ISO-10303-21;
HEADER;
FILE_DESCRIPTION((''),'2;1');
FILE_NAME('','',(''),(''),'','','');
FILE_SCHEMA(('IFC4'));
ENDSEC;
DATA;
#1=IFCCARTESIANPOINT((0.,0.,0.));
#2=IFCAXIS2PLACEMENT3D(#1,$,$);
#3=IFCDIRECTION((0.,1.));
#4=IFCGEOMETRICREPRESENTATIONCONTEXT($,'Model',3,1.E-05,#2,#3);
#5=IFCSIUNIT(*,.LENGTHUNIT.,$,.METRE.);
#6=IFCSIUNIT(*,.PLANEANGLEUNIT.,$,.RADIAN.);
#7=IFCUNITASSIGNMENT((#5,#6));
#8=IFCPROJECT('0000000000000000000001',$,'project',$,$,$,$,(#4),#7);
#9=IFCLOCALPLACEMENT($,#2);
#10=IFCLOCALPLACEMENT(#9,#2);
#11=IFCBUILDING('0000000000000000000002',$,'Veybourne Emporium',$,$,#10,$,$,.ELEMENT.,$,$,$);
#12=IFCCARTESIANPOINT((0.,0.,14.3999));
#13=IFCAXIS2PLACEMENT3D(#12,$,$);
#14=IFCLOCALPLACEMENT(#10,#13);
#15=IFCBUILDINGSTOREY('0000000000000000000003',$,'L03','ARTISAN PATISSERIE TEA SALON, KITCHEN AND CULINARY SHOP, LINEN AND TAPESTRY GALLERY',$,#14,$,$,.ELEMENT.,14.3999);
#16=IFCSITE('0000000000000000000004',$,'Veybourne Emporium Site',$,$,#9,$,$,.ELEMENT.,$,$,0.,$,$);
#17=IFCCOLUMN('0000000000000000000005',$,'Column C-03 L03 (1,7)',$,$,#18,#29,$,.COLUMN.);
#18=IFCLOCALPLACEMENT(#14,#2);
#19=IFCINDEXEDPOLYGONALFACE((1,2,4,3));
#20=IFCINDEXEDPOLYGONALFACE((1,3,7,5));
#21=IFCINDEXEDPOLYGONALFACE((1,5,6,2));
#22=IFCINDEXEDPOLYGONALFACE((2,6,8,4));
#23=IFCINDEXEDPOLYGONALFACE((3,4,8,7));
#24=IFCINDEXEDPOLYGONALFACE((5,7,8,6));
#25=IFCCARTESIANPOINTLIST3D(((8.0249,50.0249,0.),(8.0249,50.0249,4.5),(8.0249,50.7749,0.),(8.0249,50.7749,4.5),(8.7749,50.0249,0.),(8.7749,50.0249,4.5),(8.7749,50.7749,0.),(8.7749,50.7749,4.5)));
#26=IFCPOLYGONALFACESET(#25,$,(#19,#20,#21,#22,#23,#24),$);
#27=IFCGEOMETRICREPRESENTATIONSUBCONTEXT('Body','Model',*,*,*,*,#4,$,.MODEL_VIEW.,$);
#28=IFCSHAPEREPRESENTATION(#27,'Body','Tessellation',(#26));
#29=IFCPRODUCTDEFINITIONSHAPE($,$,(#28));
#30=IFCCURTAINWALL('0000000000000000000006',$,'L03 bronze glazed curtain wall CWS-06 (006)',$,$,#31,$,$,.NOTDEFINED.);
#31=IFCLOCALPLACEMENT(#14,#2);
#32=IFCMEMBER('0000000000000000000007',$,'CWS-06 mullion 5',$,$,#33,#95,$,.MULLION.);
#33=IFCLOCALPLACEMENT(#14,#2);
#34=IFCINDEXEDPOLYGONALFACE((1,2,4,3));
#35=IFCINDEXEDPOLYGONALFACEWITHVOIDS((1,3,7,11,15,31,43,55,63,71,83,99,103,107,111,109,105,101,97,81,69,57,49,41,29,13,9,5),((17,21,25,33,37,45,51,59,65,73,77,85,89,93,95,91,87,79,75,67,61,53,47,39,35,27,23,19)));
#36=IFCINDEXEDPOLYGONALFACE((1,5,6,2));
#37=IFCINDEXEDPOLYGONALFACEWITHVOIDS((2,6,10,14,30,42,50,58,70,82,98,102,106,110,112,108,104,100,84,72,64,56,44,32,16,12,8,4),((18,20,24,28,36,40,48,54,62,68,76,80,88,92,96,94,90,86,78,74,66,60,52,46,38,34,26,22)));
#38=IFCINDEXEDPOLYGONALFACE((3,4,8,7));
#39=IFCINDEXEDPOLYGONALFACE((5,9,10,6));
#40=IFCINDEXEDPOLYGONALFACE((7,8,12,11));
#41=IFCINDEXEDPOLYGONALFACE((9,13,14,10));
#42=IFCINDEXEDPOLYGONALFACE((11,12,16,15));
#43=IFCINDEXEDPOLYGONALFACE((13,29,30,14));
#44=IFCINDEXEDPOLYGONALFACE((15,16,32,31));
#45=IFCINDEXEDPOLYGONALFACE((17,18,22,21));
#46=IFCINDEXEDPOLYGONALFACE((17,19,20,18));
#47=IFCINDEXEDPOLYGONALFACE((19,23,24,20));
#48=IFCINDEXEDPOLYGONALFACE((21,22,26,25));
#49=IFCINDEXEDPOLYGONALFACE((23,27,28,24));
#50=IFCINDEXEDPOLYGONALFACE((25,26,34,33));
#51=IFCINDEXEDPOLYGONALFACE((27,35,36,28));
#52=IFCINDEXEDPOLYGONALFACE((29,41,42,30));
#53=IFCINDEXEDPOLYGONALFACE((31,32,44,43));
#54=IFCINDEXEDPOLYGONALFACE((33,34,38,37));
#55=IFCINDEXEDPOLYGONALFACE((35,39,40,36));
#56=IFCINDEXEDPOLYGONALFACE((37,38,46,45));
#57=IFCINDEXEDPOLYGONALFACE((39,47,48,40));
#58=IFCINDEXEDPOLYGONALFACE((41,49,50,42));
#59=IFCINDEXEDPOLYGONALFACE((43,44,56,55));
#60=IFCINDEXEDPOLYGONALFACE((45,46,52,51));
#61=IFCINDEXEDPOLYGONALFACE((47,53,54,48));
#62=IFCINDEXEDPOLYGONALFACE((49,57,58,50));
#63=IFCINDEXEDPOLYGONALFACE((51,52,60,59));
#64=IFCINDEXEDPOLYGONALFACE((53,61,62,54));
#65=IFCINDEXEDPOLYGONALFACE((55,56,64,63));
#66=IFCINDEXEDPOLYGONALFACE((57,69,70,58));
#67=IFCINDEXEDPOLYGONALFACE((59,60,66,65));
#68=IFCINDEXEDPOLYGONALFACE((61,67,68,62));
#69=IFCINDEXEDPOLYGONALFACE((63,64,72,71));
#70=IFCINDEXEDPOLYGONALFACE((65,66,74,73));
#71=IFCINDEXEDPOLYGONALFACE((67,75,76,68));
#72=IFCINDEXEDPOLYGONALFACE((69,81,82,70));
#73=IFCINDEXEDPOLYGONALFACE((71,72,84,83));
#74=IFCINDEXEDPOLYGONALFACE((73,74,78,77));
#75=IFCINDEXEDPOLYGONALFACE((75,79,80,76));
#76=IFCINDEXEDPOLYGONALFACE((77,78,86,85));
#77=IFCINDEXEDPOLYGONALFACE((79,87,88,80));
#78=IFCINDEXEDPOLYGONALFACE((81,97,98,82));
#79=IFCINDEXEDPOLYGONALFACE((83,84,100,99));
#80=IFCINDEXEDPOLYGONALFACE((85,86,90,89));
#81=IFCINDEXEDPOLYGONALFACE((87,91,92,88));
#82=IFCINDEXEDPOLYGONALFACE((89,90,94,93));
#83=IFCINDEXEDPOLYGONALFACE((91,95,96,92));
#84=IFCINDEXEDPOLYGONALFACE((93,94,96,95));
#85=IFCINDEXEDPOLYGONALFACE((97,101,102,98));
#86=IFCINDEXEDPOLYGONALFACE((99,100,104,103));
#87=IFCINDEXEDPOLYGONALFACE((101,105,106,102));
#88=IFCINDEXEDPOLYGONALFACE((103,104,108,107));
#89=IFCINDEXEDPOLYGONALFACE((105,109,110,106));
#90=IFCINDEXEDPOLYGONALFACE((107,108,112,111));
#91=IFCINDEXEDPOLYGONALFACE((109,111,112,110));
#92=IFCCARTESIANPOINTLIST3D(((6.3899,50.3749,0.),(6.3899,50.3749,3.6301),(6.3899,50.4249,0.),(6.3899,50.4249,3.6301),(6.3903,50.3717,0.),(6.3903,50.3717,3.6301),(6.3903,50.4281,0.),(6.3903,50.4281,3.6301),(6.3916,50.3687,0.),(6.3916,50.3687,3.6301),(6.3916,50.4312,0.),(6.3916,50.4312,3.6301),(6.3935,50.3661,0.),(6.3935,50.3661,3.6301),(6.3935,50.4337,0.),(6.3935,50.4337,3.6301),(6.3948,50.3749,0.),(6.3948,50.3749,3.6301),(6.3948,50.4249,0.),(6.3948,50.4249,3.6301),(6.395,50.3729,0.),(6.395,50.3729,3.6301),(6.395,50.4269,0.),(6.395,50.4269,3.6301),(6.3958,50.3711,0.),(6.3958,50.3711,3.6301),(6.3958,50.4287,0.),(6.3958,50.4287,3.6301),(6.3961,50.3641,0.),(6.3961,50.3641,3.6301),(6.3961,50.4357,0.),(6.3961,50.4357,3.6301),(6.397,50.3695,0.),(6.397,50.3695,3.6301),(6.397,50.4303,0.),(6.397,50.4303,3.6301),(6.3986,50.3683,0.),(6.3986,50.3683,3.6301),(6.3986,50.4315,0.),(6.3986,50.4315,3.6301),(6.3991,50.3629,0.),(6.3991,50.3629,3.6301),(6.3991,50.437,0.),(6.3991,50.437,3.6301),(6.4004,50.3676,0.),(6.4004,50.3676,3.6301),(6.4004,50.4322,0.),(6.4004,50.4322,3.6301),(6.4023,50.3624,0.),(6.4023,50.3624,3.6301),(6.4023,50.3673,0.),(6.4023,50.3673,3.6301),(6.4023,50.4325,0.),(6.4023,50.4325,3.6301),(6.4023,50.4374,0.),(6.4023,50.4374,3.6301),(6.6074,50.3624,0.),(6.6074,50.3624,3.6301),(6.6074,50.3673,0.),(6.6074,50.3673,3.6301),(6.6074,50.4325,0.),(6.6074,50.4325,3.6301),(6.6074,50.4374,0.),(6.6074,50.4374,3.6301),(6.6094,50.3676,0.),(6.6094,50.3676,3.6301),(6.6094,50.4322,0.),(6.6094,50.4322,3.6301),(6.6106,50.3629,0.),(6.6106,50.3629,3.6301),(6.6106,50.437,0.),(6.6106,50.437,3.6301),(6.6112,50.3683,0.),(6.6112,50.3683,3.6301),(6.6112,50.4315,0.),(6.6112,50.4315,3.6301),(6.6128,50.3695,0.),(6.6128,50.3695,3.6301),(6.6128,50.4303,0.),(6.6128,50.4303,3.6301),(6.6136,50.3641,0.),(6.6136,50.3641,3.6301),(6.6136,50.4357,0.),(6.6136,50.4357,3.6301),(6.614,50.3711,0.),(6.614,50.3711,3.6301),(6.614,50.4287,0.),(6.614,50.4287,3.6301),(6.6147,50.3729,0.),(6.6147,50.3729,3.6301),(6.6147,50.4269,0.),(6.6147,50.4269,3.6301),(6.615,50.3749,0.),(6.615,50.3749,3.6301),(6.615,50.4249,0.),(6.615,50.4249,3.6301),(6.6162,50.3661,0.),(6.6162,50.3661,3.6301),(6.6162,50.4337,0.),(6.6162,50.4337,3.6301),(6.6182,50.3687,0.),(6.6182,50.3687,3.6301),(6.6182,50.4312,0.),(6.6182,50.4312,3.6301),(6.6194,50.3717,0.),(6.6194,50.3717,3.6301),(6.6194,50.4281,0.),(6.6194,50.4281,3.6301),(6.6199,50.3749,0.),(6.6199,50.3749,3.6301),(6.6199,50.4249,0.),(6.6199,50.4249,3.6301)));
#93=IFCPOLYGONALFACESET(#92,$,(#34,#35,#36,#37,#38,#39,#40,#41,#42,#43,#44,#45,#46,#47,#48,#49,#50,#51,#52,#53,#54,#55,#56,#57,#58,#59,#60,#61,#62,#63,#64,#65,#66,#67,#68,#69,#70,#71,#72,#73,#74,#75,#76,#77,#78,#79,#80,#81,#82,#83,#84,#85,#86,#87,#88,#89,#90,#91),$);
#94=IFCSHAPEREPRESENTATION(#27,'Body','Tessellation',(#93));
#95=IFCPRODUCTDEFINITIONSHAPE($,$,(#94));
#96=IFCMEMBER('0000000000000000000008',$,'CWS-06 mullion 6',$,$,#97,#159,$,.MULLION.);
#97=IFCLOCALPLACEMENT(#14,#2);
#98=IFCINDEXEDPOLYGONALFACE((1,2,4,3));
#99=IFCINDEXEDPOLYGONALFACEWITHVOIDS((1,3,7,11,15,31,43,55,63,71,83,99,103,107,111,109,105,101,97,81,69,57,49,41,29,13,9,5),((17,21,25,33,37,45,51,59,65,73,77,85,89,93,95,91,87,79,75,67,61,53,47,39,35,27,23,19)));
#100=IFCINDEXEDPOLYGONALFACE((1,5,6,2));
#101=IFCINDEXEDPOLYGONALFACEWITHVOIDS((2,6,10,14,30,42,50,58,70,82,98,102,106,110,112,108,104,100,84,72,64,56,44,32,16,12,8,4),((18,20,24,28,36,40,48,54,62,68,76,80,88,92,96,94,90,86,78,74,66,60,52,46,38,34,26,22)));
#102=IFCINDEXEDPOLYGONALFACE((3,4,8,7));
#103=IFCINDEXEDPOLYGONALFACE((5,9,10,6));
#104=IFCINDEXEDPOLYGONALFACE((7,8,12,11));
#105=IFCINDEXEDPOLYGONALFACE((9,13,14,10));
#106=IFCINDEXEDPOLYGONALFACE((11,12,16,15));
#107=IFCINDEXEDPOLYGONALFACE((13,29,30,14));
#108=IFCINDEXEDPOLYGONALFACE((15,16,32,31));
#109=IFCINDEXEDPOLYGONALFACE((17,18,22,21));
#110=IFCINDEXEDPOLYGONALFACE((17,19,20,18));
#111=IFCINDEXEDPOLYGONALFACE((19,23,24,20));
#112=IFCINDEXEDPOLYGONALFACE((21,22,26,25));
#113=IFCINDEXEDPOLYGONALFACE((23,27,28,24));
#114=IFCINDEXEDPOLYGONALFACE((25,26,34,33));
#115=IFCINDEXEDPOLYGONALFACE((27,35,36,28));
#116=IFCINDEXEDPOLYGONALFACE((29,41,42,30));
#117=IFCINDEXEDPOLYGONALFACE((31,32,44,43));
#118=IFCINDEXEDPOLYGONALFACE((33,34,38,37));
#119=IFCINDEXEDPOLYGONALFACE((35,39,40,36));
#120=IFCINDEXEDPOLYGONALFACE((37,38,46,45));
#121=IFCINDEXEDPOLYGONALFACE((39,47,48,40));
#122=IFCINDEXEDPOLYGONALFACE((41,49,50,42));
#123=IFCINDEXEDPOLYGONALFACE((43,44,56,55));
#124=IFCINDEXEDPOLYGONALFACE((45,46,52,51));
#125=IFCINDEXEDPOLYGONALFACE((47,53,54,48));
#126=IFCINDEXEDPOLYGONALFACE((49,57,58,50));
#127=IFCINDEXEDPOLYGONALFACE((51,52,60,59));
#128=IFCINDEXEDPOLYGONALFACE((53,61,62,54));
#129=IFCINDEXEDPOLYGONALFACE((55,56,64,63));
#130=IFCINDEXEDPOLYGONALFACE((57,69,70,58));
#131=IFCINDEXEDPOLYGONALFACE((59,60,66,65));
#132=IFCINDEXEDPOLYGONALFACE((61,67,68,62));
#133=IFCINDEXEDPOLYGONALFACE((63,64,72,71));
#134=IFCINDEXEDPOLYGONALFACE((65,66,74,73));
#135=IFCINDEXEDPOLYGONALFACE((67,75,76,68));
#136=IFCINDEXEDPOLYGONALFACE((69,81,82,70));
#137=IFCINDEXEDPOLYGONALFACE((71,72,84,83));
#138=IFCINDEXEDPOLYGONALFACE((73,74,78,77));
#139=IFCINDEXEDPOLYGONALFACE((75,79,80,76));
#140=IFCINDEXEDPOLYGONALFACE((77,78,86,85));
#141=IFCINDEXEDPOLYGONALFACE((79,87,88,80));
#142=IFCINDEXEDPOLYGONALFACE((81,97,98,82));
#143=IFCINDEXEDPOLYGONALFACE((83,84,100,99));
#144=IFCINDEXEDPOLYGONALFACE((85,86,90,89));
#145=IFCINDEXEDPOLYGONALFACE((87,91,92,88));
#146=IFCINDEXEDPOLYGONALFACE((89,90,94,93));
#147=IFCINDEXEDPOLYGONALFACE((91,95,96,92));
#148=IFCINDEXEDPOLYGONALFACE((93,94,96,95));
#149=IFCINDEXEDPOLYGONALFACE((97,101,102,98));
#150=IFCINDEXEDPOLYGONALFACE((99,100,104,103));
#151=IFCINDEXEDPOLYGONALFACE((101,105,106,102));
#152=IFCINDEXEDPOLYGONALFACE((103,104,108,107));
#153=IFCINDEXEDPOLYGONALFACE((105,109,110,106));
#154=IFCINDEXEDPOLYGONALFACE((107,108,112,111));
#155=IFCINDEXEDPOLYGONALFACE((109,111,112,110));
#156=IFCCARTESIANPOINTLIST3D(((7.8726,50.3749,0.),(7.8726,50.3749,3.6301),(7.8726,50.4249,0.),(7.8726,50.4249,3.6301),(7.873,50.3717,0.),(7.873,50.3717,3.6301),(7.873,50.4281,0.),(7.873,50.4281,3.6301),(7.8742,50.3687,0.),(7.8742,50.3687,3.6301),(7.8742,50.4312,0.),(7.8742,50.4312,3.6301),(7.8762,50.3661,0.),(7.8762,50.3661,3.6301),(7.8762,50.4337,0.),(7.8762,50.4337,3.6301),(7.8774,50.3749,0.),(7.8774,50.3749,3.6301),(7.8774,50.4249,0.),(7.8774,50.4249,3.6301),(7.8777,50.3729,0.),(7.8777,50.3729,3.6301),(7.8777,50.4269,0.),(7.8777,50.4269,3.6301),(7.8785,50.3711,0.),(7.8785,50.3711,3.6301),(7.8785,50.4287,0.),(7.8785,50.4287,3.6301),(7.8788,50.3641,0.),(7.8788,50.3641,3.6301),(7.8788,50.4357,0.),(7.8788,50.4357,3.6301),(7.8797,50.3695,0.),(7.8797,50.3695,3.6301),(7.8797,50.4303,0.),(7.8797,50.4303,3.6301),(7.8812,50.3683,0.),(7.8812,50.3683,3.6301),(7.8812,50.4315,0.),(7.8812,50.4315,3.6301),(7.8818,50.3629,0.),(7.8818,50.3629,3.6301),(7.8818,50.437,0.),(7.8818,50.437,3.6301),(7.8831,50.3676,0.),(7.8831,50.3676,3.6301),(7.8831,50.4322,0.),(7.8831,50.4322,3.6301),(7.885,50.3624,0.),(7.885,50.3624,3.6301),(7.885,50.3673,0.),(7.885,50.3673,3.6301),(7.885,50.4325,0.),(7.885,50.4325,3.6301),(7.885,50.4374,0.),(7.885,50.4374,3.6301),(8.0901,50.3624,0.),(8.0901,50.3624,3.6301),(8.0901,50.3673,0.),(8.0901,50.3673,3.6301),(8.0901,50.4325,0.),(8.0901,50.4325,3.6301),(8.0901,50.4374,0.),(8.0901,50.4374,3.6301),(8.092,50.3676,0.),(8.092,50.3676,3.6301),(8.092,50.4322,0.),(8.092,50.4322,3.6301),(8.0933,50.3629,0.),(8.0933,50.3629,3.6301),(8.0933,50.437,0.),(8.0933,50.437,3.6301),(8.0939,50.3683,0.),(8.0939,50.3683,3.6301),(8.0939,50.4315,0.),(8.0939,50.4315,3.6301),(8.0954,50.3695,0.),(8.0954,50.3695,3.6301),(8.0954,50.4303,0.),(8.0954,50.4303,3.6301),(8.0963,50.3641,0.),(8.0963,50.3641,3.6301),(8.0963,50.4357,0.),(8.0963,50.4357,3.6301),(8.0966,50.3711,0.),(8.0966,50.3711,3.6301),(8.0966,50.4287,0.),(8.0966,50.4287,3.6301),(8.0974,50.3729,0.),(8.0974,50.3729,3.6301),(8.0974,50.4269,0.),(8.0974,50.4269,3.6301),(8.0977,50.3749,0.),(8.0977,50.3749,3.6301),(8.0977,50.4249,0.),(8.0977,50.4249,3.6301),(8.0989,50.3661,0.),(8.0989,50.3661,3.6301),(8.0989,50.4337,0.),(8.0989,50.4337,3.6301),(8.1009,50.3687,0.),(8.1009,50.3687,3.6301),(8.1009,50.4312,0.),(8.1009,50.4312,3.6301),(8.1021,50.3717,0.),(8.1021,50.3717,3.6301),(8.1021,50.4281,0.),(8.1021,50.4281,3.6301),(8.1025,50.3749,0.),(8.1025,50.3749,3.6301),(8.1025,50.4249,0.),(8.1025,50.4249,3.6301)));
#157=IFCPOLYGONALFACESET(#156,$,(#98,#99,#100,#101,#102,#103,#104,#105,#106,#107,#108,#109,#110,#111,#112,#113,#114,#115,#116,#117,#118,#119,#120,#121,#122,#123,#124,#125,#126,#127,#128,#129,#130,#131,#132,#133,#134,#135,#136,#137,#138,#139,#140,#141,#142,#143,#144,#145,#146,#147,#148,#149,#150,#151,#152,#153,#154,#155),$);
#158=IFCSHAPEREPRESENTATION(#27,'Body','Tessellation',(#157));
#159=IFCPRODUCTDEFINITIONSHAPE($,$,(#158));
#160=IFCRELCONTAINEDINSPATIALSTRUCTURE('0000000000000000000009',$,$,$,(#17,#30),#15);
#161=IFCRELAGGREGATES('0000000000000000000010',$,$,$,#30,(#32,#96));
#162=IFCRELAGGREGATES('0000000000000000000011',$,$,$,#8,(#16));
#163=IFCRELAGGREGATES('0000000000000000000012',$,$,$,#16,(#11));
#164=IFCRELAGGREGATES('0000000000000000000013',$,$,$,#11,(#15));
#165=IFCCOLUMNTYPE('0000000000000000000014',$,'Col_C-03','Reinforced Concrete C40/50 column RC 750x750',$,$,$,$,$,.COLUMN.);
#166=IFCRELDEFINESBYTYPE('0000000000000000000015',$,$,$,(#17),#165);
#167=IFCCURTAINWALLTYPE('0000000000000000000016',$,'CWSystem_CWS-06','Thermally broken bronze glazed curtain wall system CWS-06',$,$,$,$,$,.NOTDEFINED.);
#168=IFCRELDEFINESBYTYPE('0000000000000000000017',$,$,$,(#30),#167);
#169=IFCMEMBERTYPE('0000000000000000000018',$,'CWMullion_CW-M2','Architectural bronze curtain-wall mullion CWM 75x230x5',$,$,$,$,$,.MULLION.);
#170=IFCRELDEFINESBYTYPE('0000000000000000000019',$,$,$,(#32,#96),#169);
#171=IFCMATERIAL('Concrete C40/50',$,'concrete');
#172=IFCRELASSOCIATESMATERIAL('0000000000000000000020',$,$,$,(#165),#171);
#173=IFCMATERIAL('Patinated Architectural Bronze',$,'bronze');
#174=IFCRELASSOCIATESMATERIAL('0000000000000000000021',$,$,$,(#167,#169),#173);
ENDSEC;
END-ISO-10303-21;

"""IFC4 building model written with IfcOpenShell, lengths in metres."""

from ifc_helpers import new_model, si_unit, direction, frame, origin, origin_2d, place, context, subcontext, project, spatial, rectangle, hollow_rectangle, extrude, material, material_profile, profile_set, type_object, element, aggregate, save


model = new_model("IFC4")

# Units and contexts
model_context = context("Model", 3, precision=1e-05, world=origin(), true_north=direction((0.0, 1.0)))
body_context = subcontext(model_context, "Body", "Model", "MODEL_VIEW")
ifc_project = project(units=[si_unit("LENGTHUNIT", "METRE"), si_unit("PLANEANGLEUNIT", "RADIAN")], contexts=[model_context])

# Site, building, storey
site_placement = place(None, origin())
site = spatial("IfcSite", under=ifc_project, at=site_placement, Name="Veybourne Emporium Site", CompositionType="ELEMENT", RefElevation=0.0)
building_placement = place(site_placement, origin())
building = spatial("IfcBuilding", under=site, at=building_placement, Name="Veybourne Emporium", CompositionType="ELEMENT")
storey_placement = place(building_placement, frame((0.0, 0.0, 14.3999)))
storey = spatial("IfcBuildingStorey", under=building, at=storey_placement, Name="L03", Description="ARTISAN PATISSERIE TEA SALON, KITCHEN AND CULINARY SHOP, LINEN AND TAPESTRY GALLERY", CompositionType="ELEMENT", Elevation=14.3999)

# Column
ifc_material_1 = material(Name="Concrete C40/50", Category="concrete")
ifc_material_profile_1 = material_profile(ifc_material_1, rectangle(XDim=0.75, YDim=0.75, at=origin_2d()), Name="RC 750x750")
ifc_profile_set_1 = profile_set([ifc_material_profile_1], Name="Concrete C40/50")
column_type = type_object("IfcColumnType", Name="Col_C-03", Description="Reinforced Concrete C40/50 column RC 750x750", PredefinedType="COLUMN", material=ifc_profile_set_1)
column_placement = place(storey_placement, frame((8.3999, 50.3999, 0.0), z_axis=(0.0, 0.0, 1.0), x_axis=(1.0, 0.0, 0.0)))
element("IfcColumn", 1, at=column_placement, inside=storey, type_object=column_type, Name="Column C-03 L03 (1,7)", PredefinedType="COLUMN", context=body_context, shape_type="SweptSolid", body=[
    extrude(rectangle(XDim=0.75, YDim=0.75, at=origin_2d()), origin(), (0.0, 0.0, 1.0), 4.5),
])

# Curtain wall, members
ifc_material_2 = material(Name="Patinated Architectural Bronze", Category="bronze")
curtain_wall_type_1 = type_object("IfcCurtainWallType", Name="CWSystem_CWS-06", Description="Thermally broken bronze glazed curtain wall system CWS-06", PredefinedType="NOTDEFINED", material=ifc_material_2)
curtain_wall_1_placement = place(storey_placement, origin())
curtain_wall_1 = element("IfcCurtainWall", 2, at=curtain_wall_1_placement, inside=storey, type_object=curtain_wall_type_1, Name="L03 bronze glazed curtain wall CWS-06 (006)", PredefinedType="NOTDEFINED")
ifc_material_profile_2 = material_profile(ifc_material_2, hollow_rectangle(XDim=0.075, YDim=0.23, WallThickness=0.0049, InnerFilletRadius=0.0076, OuterFilletRadius=0.0125, at=origin_2d()), Name="CWM 75x230x5")
ifc_profile_set_2 = profile_set([ifc_material_profile_2], Name="Patinated Architectural Bronze")
member_type_1 = type_object("IfcMemberType", Name="CWMullion_CW-M2", Description="Architectural bronze curtain-wall mullion CWM 75x230x5", PredefinedType="MULLION", material=ifc_profile_set_2)
member_1_placement = place(storey_placement, frame((6.5049, 50.3999, 0.0), z_axis=(0.0, 0.0, 1.0), x_axis=(0.0, 1.0, 0.0)))
member_1 = element("IfcMember", 3, at=member_1_placement, type_object=member_type_1, Name="CWS-06 mullion 5", PredefinedType="MULLION", context=body_context, shape_type="SweptSolid", body=[
    extrude(hollow_rectangle(XDim=0.075, YDim=0.23, WallThickness=0.0049, InnerFilletRadius=0.0076, OuterFilletRadius=0.0125, at=origin_2d()), origin(), (0.0, 0.0, 1.0), 3.6301),
])
member_2_placement = place(storey_placement, frame((7.9875, 50.3999, 0.0), z_axis=(0.0, 0.0, 1.0), x_axis=(0.0, 1.0, 0.0)))
member_2 = element("IfcMember", 4, at=member_2_placement, type_object=member_type_1, Name="CWS-06 mullion 6", PredefinedType="MULLION", context=body_context, shape_type="SweptSolid", body=[
    extrude(hollow_rectangle(XDim=0.075, YDim=0.23, WallThickness=0.0049, InnerFilletRadius=0.0076, OuterFilletRadius=0.0125, at=origin_2d()), origin(), (0.0, 0.0, 1.0), 3.6301),
])

aggregate(curtain_wall_1, [member_1, member_2])

save(model, "model.ifc")
